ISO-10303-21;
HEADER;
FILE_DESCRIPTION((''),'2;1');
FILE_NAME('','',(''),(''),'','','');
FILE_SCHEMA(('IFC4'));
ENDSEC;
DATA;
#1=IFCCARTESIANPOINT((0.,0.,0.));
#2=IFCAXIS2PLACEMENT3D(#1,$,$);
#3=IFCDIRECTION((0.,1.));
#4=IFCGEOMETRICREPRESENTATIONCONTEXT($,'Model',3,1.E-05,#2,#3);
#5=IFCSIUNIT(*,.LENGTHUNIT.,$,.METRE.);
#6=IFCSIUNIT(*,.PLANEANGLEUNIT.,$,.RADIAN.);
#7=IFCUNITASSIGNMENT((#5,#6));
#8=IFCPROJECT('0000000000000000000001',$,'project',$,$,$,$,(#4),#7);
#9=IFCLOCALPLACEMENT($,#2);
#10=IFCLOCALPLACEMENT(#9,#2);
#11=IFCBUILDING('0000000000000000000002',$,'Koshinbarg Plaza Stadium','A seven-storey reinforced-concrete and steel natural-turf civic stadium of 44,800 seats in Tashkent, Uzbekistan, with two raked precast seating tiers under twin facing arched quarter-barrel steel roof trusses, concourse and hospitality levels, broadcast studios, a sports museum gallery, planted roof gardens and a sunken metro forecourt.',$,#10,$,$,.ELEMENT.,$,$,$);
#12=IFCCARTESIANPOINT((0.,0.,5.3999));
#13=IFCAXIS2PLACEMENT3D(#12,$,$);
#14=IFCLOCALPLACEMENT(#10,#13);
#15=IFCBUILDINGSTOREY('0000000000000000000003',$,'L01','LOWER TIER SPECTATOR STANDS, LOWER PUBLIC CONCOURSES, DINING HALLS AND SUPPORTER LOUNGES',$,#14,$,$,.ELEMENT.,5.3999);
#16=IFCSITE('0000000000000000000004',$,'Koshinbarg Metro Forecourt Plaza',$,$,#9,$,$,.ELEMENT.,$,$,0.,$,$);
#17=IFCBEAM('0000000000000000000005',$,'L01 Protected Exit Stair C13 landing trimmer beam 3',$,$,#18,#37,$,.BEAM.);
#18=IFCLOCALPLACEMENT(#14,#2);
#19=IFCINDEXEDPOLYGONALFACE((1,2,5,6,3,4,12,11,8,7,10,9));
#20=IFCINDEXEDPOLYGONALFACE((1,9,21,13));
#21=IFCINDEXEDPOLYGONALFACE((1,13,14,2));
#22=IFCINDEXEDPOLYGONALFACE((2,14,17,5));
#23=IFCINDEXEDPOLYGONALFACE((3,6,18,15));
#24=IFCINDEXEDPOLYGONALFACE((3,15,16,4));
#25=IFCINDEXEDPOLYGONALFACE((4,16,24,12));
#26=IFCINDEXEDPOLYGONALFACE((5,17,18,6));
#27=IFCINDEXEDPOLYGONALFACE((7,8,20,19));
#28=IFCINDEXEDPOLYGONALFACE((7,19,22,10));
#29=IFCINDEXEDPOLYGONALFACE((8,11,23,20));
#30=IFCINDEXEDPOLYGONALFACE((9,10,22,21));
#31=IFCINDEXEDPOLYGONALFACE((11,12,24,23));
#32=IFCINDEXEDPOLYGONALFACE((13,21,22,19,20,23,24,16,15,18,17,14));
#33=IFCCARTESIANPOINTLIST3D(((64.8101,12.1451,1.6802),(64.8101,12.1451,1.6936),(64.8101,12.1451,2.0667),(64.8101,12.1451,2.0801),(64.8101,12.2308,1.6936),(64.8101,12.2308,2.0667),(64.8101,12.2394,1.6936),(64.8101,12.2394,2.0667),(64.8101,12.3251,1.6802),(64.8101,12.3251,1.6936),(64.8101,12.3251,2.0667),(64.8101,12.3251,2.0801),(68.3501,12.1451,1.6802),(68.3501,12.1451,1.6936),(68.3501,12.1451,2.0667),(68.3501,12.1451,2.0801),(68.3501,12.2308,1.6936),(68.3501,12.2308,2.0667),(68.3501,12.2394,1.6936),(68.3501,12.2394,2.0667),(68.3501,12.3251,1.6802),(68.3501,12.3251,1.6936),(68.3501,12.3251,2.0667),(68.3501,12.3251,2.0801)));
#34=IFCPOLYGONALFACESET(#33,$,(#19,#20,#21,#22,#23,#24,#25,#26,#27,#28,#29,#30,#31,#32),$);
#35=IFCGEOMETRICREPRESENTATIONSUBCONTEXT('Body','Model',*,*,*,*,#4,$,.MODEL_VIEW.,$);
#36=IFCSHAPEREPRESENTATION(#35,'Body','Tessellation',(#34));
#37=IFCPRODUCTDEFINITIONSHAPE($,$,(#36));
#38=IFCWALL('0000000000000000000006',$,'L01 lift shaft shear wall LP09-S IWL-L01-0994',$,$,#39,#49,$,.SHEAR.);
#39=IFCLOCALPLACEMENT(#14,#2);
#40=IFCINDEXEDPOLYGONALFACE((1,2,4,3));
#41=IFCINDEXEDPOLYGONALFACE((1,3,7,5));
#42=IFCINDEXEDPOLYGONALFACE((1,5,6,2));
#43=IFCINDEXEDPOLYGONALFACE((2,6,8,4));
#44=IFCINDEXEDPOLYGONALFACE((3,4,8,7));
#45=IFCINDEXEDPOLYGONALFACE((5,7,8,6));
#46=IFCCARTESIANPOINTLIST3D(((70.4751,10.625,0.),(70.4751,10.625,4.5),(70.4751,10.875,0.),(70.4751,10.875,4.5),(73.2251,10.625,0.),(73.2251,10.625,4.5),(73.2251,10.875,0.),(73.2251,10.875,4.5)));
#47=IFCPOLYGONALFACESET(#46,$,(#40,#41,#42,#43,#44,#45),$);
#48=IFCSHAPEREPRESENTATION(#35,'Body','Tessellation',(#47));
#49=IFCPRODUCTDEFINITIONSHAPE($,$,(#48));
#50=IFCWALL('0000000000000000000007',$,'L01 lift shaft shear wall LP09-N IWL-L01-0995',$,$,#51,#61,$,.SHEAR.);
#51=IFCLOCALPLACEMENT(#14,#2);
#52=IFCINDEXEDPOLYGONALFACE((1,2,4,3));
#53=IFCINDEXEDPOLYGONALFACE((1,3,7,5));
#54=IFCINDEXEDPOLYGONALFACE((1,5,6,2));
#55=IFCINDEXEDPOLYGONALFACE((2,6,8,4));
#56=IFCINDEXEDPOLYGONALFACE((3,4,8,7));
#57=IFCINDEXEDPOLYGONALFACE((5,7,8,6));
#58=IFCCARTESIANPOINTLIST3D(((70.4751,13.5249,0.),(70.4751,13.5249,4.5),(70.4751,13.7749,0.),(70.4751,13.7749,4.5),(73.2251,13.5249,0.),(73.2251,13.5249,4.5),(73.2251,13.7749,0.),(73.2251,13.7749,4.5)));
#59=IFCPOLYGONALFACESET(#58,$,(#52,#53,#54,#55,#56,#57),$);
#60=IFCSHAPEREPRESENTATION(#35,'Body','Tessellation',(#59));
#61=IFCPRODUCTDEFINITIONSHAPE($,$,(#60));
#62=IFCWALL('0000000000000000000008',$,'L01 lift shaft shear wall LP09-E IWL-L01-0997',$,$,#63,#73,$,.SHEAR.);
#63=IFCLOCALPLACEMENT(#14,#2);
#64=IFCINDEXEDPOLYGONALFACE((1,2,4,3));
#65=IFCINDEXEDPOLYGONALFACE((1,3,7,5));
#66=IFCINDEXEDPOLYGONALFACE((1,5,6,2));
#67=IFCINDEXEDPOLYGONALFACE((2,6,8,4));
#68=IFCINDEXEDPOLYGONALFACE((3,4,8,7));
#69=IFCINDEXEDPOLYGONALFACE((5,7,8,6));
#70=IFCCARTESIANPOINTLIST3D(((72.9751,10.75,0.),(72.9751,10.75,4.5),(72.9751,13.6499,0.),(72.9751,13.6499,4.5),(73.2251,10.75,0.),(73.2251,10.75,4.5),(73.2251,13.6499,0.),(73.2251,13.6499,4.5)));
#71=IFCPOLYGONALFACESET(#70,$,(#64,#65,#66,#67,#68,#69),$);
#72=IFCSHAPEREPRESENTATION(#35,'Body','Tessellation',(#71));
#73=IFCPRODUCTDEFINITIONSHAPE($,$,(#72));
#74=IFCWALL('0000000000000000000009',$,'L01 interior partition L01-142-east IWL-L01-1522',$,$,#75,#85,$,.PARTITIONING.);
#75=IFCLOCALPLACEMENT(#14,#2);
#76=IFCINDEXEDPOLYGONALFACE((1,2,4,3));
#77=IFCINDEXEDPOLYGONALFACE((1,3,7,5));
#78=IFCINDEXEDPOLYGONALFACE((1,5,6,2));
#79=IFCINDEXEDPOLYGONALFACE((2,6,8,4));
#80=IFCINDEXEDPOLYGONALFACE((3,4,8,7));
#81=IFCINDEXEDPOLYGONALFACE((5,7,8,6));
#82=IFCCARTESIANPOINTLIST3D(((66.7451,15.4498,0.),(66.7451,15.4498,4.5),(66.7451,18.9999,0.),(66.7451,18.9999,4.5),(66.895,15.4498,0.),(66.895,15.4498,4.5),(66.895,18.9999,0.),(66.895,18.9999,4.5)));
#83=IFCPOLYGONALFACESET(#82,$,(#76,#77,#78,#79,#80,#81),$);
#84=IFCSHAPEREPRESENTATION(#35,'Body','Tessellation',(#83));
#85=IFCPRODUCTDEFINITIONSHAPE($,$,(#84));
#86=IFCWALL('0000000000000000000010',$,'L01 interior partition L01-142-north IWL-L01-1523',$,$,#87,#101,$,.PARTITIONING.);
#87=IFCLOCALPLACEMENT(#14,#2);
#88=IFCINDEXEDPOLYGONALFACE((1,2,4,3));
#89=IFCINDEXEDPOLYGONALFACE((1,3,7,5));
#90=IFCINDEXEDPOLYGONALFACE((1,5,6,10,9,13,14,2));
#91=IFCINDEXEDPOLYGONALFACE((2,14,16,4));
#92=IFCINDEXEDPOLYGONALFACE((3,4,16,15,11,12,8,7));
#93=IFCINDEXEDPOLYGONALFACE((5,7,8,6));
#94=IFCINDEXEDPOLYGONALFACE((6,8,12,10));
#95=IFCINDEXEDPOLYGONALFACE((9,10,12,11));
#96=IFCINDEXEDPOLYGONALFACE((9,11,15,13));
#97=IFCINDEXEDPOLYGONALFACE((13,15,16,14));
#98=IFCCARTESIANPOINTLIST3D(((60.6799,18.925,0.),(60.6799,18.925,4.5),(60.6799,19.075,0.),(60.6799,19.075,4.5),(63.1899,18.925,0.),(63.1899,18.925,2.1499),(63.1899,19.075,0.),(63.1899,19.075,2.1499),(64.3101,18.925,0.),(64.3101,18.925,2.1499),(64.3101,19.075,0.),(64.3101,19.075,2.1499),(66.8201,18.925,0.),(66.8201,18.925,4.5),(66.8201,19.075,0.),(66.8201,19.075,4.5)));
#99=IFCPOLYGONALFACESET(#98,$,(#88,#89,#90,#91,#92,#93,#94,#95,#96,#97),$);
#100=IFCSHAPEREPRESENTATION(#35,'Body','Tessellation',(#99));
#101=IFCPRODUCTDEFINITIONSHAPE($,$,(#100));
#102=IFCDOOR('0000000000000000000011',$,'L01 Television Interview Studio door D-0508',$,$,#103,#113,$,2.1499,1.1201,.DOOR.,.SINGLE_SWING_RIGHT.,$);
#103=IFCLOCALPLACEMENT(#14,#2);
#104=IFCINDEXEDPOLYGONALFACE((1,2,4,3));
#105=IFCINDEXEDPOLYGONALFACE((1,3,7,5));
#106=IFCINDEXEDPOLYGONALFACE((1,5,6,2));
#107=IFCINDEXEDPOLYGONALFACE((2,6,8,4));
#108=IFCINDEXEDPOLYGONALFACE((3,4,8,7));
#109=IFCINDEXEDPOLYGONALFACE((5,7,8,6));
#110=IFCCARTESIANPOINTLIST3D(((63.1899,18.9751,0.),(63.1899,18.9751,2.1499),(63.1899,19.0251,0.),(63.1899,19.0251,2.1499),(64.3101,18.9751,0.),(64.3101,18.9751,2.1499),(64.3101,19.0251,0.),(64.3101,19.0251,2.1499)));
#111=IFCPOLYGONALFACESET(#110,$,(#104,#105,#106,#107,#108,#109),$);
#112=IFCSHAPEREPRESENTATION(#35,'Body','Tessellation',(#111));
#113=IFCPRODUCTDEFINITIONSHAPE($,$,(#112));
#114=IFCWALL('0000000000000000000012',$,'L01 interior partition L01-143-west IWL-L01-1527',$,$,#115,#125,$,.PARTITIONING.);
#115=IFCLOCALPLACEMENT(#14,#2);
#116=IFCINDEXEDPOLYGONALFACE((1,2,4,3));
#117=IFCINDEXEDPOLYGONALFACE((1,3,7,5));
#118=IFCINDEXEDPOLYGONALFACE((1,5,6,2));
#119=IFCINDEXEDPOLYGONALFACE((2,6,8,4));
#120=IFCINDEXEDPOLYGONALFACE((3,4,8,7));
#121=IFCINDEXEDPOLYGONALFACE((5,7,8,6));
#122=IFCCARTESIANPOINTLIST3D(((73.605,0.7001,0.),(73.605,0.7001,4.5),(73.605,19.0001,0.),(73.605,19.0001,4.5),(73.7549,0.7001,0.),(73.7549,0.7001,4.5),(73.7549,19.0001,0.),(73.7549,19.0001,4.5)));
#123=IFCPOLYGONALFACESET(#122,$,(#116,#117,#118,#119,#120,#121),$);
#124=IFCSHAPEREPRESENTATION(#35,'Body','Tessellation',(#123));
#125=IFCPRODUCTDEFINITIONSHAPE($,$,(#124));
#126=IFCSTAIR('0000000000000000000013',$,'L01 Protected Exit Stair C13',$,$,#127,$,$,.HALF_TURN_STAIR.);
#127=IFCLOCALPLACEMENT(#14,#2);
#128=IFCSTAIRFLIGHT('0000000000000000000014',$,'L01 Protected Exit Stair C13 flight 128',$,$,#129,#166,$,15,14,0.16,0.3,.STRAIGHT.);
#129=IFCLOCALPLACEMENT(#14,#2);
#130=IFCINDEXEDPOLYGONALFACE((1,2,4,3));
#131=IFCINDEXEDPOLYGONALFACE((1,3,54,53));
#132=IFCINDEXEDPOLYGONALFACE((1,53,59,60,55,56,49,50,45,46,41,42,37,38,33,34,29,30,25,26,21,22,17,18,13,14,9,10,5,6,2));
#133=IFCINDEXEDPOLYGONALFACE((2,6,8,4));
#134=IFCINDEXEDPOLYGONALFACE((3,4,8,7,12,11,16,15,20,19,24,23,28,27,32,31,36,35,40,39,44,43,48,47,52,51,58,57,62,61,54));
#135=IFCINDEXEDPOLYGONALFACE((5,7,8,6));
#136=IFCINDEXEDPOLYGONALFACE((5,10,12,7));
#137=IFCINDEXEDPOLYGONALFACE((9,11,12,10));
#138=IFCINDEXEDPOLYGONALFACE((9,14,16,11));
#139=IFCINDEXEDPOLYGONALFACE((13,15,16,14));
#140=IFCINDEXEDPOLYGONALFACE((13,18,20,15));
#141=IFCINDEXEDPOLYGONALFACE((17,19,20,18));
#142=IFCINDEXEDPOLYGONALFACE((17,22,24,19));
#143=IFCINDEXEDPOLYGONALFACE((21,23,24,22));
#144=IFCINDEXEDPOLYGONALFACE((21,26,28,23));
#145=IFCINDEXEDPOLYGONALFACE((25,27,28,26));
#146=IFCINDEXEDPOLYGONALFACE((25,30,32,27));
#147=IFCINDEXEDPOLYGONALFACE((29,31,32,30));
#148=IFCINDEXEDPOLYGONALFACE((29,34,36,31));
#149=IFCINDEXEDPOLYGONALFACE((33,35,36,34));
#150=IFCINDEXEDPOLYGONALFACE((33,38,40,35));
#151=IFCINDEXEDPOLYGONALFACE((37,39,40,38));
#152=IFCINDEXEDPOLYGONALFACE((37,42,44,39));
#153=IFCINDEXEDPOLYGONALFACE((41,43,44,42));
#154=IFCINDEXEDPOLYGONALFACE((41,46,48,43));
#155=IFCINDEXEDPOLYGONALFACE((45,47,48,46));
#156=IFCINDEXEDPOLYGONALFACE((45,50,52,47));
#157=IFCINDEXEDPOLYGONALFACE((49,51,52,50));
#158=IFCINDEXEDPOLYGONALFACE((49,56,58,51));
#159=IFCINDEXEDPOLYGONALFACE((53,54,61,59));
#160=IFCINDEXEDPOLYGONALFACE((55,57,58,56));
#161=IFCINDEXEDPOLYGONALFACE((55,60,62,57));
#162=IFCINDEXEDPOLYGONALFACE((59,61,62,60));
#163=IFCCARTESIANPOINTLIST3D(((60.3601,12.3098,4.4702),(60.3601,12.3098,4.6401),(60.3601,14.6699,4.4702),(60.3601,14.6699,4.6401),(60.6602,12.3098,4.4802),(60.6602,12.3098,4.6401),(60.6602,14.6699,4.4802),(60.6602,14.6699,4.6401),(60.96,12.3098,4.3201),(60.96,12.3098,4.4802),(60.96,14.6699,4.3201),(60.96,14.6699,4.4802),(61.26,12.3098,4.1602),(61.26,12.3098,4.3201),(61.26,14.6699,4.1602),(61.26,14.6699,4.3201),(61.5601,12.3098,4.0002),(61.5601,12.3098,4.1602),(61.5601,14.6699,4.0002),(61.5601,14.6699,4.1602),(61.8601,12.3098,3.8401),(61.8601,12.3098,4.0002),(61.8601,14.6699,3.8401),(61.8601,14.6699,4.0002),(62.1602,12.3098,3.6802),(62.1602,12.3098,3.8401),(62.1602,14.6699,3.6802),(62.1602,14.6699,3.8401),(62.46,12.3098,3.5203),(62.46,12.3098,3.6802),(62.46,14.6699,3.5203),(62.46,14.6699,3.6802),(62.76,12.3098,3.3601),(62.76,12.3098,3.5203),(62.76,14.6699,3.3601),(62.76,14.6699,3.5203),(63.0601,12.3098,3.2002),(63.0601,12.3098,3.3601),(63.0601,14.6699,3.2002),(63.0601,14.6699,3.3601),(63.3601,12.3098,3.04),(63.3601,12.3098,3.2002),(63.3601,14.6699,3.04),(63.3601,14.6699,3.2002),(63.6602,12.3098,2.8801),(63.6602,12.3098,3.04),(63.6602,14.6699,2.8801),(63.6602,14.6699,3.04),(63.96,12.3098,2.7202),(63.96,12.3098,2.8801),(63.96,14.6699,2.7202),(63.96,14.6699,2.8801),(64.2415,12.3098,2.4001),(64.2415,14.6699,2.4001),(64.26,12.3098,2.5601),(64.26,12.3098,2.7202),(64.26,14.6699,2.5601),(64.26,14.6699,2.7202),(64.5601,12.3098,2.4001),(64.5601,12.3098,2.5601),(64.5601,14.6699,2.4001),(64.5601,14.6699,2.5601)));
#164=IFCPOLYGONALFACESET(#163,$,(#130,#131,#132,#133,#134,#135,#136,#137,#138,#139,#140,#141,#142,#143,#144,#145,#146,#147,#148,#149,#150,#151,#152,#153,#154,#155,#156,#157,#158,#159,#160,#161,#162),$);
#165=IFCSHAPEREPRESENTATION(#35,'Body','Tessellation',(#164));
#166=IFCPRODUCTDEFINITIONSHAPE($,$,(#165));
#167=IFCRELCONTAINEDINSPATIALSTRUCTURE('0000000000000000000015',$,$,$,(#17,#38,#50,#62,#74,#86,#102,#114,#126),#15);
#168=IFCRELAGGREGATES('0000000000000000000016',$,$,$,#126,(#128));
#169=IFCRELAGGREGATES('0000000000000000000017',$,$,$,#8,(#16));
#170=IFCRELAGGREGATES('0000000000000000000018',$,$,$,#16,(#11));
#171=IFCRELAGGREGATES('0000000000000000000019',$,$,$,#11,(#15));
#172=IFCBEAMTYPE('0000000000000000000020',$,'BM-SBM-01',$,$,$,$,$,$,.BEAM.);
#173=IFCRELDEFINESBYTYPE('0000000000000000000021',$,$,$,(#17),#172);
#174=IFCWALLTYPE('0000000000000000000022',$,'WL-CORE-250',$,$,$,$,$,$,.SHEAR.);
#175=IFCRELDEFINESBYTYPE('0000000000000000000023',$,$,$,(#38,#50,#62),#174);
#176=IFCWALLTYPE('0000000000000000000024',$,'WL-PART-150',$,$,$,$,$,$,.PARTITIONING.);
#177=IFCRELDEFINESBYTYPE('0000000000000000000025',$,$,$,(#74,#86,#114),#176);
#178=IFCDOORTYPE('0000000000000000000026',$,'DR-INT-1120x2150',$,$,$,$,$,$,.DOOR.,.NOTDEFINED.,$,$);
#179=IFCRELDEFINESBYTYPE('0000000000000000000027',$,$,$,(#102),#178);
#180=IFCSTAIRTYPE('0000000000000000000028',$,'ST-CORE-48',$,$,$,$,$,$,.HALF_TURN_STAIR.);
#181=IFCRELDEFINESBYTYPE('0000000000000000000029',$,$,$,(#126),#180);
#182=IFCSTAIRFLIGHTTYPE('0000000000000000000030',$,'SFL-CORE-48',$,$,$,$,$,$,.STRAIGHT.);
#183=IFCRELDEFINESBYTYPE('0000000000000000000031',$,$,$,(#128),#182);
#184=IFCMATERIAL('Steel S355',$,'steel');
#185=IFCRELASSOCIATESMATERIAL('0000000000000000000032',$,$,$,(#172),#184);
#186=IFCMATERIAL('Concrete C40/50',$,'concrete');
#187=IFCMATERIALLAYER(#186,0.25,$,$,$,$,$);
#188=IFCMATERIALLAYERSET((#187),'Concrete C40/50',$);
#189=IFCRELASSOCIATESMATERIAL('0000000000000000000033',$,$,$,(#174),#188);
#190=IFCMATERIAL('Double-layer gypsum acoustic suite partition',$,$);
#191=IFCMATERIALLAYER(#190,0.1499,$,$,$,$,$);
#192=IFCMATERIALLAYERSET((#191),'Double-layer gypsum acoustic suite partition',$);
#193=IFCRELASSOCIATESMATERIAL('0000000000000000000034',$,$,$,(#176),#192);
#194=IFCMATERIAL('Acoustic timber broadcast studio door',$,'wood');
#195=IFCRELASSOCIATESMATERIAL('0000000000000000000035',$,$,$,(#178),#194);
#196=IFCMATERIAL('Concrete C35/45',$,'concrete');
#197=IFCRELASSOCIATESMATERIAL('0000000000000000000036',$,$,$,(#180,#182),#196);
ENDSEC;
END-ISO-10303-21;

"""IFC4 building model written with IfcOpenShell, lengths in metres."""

from ifc_helpers import new_model, si_unit, direction, frame, frame_2d, origin, origin_2d, place, context, subcontext, project, spatial, polyline, rectangle, i_section, outline, extrude, material, layer, layer_set, material_profile, profile_set, type_object, element, fill, aggregate, save


model = new_model("IFC4")

# Units and contexts
model_context = context("Model", 3, precision=1e-05, world=origin(), true_north=direction((0.0, 1.0)))
body_context = subcontext(model_context, "Body", "Model", "MODEL_VIEW")
ifc_project = project(units=[si_unit("LENGTHUNIT", "METRE"), si_unit("PLANEANGLEUNIT", "RADIAN")], contexts=[model_context])

# Site, building, storey
site_placement = place(None, origin())
site = spatial("IfcSite", under=ifc_project, at=site_placement, Name="Koshinbarg Metro Forecourt Plaza", CompositionType="ELEMENT", RefElevation=0.0)
building_placement = place(site_placement, origin())
building = spatial("IfcBuilding", under=site, at=building_placement, Name="Koshinbarg Plaza Stadium", Description="A seven-storey reinforced-concrete and steel natural-turf civic stadium of 44,800 seats in Tashkent, Uzbekistan, with two raked precast seating tiers under twin facing arched quarter-barrel steel roof trusses, concourse and hospitality levels, broadcast studios, a sports museum gallery, planted roof gardens and a sunken metro forecourt.", CompositionType="ELEMENT")
storey_placement = place(building_placement, frame((0.0, 0.0, 5.3999)))
storey = spatial("IfcBuildingStorey", under=building, at=storey_placement, Name="L01", Description="LOWER TIER SPECTATOR STANDS, LOWER PUBLIC CONCOURSES, DINING HALLS AND SUPPORTER LOUNGES", CompositionType="ELEMENT", Elevation=5.3999)

# Shared definitions
ifc_material_1 = material(Name="Concrete C40/50", Category="concrete")

# Beam
ifc_material_2 = material(Name="Steel S355", Category="steel")
ifc_material_profile_1 = material_profile(ifc_material_2, i_section(OverallWidth=0.1799, OverallDepth=0.3999, WebThickness=0.0085, FlangeThickness=0.0134, at=origin_2d()), Name="IPE 400")
ifc_profile_set_1 = profile_set([ifc_material_profile_1], Name="Steel S355")
beam_type_1 = type_object("IfcBeamType", Name="BM-SBM-01", PredefinedType="BEAM", material=ifc_profile_set_1)
beam_1_placement = place(storey_placement, frame((64.8101, 12.2351, 1.8801), z_axis=(1.0, 0.0, 0.0), x_axis=(0.0, 1.0, 0.0)))
element("IfcBeam", 1, at=beam_1_placement, inside=storey, type_object=beam_type_1, Name="L01 Protected Exit Stair C13 landing trimmer beam 3", PredefinedType="BEAM", context=body_context, shape_type="SweptSolid", body=[
    extrude(i_section(OverallWidth=0.1799, OverallDepth=0.3999, WebThickness=0.0085, FlangeThickness=0.0134, at=origin_2d()), origin(), (0.0, 0.0, 1.0), 3.54),
])

# Walls
ifc_layer_1 = layer(ifc_material_1, 0.25)
ifc_layer_set_1 = layer_set([ifc_layer_1], Name="Concrete C40/50")
wall_type_1 = type_object("IfcWallType", Name="WL-CORE-250", PredefinedType="SHEAR", material=ifc_layer_set_1)
for number, where, z_axis, x_axis, name in (
    (2, (70.4751, 10.75, 0.0), (0.0, 0.0, 1.0), (1.0, 0.0, 0.0), "L01 lift shaft shear wall LP09-S IWL-L01-0994"),
    (3, (73.2251, 13.6499, 0.0), (0.0, 0.0, 1.0), (-1.0, 0.0, 0.0), "L01 lift shaft shear wall LP09-N IWL-L01-0995"),
):
    element("IfcWall", number, at=place(storey_placement, frame(where, z_axis=z_axis, x_axis=x_axis)), inside=storey, type_object=wall_type_1, Name=name, PredefinedType="SHEAR", context=body_context, shape_type="SweptSolid", body=[
        extrude(rectangle(XDim=2.75, YDim=0.25, at=frame_2d((1.375, 0.0))), origin(), (0.0, 0.0, 1.0), 4.5),
    ])

# Walls
wall_1_placement = place(storey_placement, frame((73.1001, 10.75, 0.0), z_axis=(0.0, 0.0, 1.0), x_axis=(0.0, 1.0, 0.0)))
element("IfcWall", 4, at=wall_1_placement, inside=storey, type_object=wall_type_1, Name="L01 lift shaft shear wall LP09-E IWL-L01-0997", PredefinedType="SHEAR", context=body_context, shape_type="SweptSolid", body=[
    extrude(rectangle(XDim=2.8999, YDim=0.25, at=frame_2d((1.45, 0.0))), origin(), (0.0, 0.0, 1.0), 4.5),
])
ifc_material_3 = material(Name="Double-layer gypsum acoustic suite partition")
ifc_layer_2 = layer(ifc_material_3, 0.1499)
ifc_layer_set_2 = layer_set([ifc_layer_2], Name="Double-layer gypsum acoustic suite partition")
wall_type_2 = type_object("IfcWallType", Name="WL-PART-150", PredefinedType="PARTITIONING", material=ifc_layer_set_2)
wall_2_placement = place(storey_placement, frame((66.8201, 15.45, 0.0), z_axis=(0.0, 0.0, 1.0), x_axis=(0.0, 1.0, 0.0)))
element("IfcWall", 5, at=wall_2_placement, inside=storey, type_object=wall_type_2, Name="L01 interior partition L01-142-east IWL-L01-1522", PredefinedType="PARTITIONING", context=body_context, shape_type="SweptSolid", body=[
    extrude(rectangle(XDim=3.55, YDim=0.1499, at=frame_2d((1.7749, 0.0))), origin(), (0.0, 0.0, 1.0), 4.5),
])

# Wall, opening, door
wall_3_placement = place(storey_placement, frame((66.8201, 19.0, 0.0), z_axis=(0.0, 0.0, 1.0), x_axis=(-1.0, 0.0, 0.0)))
wall_3 = element("IfcWall", 6, at=wall_3_placement, inside=storey, type_object=wall_type_2, Name="L01 interior partition L01-142-north IWL-L01-1523", PredefinedType="PARTITIONING", context=body_context, shape_type="SweptSolid", body=[
    extrude(rectangle(XDim=6.1401, YDim=0.1499, at=frame_2d((3.0701, 0.0))), origin(), (0.0, 0.0, 1.0), 4.5),
])
opening_1_placement = place(wall_3_placement, frame((2.51, 0.0, 0.0)))
opening_1 = element("IfcOpeningElement", 7, at=opening_1_placement, cuts=wall_3, PredefinedType="OPENING", context=body_context, shape_type="SweptSolid", body=[
    extrude(rectangle(XDim=1.1201, YDim=2.1499, at=frame_2d((0.5601, 1.075))), frame((0.0, 0.085, 0.0), z_axis=(0.0, -1.0, 0.0), x_axis=(1.0, 0.0, 0.0)), (0.0, 0.0, 1.0), 0.1699),
])
ifc_material_4 = material(Name="Acoustic timber broadcast studio door", Category="wood")
door_type_1 = type_object("IfcDoorType", Name="DR-INT-1120x2150", OperationType="NOTDEFINED", PredefinedType="DOOR", material=ifc_material_4)
door_1_placement = place(opening_1_placement, origin())
door_1 = element("IfcDoor", 8, at=door_1_placement, inside=storey, type_object=door_type_1, Name="L01 Television Interview Studio door D-0508", OperationType="SINGLE_SWING_RIGHT", OverallHeight=2.1499, OverallWidth=1.1201, PredefinedType="DOOR", context=body_context, shape_type="SweptSolid", body=[
    extrude(rectangle(XDim=1.1201, YDim=2.1499, at=frame_2d((0.5601, 1.075))), frame((0.0, 0.0249, 0.0), z_axis=(0.0, -1.0, 0.0), x_axis=(1.0, 0.0, 0.0)), (0.0, 0.0, 1.0), 0.05),
])
fill(opening_1, door_1)

# Wall
wall_4_placement = place(storey_placement, frame((73.6799, 19.0, 0.0), z_axis=(0.0, 0.0, 1.0), x_axis=(0.0, -1.0, 0.0)))
element("IfcWall", 9, at=wall_4_placement, inside=storey, type_object=wall_type_2, Name="L01 interior partition L01-143-west IWL-L01-1527", PredefinedType="PARTITIONING", context=body_context, shape_type="SweptSolid", body=[
    extrude(rectangle(XDim=18.3, YDim=0.1499, at=frame_2d((9.1499, 0.0))), origin(), (0.0, 0.0, 1.0), 4.5),
])

# Stair, stair flight
ifc_material_5 = material(Name="Concrete C35/45", Category="concrete")
stair_type = type_object("IfcStairType", Name="ST-CORE-48", PredefinedType="HALF_TURN_STAIR", material=ifc_material_5)
stair_placement = place(storey_placement, origin())
stair = element("IfcStair", 10, at=stair_placement, inside=storey, type_object=stair_type, Name="L01 Protected Exit Stair C13", PredefinedType="HALF_TURN_STAIR")
stair_flight_type = type_object("IfcStairFlightType", Name="SFL-CORE-48", PredefinedType="STRAIGHT", material=ifc_material_5)
stair_flight_placement = place(storey_placement, frame((64.5601, 13.49, 2.4001), z_axis=(0.0, 0.0, 1.0), x_axis=(-1.0, 0.0, 0.0)))
stair_flight = element("IfcStairFlight", 11, at=stair_flight_placement, type_object=stair_flight_type, Name="L01 Protected Exit Stair C13 flight 128", NumberOfRisers=15, NumberOfTreads=14, PredefinedType="STRAIGHT", RiserHeight=0.16, TreadLength=0.3, context=body_context, shape_type="SweptSolid", body=[
    extrude(outline(polyline([(0.0, 0.0), (0.0, 0.1599), (0.3, 0.1599), (0.3, 0.3201), (0.6001, 0.3201), (0.6001, 0.48), (0.8999, 0.48), (0.8999, 0.6399), (1.2, 0.6399), (1.2, 0.8), (1.5, 0.8), (1.5, 0.96), (1.8, 0.96), (1.8, 1.1201), (2.1001, 1.1201), (2.1001, 1.28), (2.3999, 1.28), (2.3999, 1.4399), (2.7, 1.4399), (2.7, 1.6001), (3.0, 1.6001), (3.0, 1.76), (3.3, 1.76), (3.3, 1.9199), (3.6001, 1.9199), (3.6001, 2.0801), (3.8999, 2.0801), (3.8999, 2.24), (4.2, 2.24), (4.2, 2.3999), (4.2, 2.0701), (0.3186, 0.0), (0.0, 0.0)])), frame((0.0, 1.1802, 0.0), z_axis=(0.0, -1.0, 0.0), x_axis=(1.0, 0.0, 0.0)), (0.0, 0.0, 1.0), 2.3601),
])
aggregate(stair, [stair_flight])

save(model, "model.ifc")
